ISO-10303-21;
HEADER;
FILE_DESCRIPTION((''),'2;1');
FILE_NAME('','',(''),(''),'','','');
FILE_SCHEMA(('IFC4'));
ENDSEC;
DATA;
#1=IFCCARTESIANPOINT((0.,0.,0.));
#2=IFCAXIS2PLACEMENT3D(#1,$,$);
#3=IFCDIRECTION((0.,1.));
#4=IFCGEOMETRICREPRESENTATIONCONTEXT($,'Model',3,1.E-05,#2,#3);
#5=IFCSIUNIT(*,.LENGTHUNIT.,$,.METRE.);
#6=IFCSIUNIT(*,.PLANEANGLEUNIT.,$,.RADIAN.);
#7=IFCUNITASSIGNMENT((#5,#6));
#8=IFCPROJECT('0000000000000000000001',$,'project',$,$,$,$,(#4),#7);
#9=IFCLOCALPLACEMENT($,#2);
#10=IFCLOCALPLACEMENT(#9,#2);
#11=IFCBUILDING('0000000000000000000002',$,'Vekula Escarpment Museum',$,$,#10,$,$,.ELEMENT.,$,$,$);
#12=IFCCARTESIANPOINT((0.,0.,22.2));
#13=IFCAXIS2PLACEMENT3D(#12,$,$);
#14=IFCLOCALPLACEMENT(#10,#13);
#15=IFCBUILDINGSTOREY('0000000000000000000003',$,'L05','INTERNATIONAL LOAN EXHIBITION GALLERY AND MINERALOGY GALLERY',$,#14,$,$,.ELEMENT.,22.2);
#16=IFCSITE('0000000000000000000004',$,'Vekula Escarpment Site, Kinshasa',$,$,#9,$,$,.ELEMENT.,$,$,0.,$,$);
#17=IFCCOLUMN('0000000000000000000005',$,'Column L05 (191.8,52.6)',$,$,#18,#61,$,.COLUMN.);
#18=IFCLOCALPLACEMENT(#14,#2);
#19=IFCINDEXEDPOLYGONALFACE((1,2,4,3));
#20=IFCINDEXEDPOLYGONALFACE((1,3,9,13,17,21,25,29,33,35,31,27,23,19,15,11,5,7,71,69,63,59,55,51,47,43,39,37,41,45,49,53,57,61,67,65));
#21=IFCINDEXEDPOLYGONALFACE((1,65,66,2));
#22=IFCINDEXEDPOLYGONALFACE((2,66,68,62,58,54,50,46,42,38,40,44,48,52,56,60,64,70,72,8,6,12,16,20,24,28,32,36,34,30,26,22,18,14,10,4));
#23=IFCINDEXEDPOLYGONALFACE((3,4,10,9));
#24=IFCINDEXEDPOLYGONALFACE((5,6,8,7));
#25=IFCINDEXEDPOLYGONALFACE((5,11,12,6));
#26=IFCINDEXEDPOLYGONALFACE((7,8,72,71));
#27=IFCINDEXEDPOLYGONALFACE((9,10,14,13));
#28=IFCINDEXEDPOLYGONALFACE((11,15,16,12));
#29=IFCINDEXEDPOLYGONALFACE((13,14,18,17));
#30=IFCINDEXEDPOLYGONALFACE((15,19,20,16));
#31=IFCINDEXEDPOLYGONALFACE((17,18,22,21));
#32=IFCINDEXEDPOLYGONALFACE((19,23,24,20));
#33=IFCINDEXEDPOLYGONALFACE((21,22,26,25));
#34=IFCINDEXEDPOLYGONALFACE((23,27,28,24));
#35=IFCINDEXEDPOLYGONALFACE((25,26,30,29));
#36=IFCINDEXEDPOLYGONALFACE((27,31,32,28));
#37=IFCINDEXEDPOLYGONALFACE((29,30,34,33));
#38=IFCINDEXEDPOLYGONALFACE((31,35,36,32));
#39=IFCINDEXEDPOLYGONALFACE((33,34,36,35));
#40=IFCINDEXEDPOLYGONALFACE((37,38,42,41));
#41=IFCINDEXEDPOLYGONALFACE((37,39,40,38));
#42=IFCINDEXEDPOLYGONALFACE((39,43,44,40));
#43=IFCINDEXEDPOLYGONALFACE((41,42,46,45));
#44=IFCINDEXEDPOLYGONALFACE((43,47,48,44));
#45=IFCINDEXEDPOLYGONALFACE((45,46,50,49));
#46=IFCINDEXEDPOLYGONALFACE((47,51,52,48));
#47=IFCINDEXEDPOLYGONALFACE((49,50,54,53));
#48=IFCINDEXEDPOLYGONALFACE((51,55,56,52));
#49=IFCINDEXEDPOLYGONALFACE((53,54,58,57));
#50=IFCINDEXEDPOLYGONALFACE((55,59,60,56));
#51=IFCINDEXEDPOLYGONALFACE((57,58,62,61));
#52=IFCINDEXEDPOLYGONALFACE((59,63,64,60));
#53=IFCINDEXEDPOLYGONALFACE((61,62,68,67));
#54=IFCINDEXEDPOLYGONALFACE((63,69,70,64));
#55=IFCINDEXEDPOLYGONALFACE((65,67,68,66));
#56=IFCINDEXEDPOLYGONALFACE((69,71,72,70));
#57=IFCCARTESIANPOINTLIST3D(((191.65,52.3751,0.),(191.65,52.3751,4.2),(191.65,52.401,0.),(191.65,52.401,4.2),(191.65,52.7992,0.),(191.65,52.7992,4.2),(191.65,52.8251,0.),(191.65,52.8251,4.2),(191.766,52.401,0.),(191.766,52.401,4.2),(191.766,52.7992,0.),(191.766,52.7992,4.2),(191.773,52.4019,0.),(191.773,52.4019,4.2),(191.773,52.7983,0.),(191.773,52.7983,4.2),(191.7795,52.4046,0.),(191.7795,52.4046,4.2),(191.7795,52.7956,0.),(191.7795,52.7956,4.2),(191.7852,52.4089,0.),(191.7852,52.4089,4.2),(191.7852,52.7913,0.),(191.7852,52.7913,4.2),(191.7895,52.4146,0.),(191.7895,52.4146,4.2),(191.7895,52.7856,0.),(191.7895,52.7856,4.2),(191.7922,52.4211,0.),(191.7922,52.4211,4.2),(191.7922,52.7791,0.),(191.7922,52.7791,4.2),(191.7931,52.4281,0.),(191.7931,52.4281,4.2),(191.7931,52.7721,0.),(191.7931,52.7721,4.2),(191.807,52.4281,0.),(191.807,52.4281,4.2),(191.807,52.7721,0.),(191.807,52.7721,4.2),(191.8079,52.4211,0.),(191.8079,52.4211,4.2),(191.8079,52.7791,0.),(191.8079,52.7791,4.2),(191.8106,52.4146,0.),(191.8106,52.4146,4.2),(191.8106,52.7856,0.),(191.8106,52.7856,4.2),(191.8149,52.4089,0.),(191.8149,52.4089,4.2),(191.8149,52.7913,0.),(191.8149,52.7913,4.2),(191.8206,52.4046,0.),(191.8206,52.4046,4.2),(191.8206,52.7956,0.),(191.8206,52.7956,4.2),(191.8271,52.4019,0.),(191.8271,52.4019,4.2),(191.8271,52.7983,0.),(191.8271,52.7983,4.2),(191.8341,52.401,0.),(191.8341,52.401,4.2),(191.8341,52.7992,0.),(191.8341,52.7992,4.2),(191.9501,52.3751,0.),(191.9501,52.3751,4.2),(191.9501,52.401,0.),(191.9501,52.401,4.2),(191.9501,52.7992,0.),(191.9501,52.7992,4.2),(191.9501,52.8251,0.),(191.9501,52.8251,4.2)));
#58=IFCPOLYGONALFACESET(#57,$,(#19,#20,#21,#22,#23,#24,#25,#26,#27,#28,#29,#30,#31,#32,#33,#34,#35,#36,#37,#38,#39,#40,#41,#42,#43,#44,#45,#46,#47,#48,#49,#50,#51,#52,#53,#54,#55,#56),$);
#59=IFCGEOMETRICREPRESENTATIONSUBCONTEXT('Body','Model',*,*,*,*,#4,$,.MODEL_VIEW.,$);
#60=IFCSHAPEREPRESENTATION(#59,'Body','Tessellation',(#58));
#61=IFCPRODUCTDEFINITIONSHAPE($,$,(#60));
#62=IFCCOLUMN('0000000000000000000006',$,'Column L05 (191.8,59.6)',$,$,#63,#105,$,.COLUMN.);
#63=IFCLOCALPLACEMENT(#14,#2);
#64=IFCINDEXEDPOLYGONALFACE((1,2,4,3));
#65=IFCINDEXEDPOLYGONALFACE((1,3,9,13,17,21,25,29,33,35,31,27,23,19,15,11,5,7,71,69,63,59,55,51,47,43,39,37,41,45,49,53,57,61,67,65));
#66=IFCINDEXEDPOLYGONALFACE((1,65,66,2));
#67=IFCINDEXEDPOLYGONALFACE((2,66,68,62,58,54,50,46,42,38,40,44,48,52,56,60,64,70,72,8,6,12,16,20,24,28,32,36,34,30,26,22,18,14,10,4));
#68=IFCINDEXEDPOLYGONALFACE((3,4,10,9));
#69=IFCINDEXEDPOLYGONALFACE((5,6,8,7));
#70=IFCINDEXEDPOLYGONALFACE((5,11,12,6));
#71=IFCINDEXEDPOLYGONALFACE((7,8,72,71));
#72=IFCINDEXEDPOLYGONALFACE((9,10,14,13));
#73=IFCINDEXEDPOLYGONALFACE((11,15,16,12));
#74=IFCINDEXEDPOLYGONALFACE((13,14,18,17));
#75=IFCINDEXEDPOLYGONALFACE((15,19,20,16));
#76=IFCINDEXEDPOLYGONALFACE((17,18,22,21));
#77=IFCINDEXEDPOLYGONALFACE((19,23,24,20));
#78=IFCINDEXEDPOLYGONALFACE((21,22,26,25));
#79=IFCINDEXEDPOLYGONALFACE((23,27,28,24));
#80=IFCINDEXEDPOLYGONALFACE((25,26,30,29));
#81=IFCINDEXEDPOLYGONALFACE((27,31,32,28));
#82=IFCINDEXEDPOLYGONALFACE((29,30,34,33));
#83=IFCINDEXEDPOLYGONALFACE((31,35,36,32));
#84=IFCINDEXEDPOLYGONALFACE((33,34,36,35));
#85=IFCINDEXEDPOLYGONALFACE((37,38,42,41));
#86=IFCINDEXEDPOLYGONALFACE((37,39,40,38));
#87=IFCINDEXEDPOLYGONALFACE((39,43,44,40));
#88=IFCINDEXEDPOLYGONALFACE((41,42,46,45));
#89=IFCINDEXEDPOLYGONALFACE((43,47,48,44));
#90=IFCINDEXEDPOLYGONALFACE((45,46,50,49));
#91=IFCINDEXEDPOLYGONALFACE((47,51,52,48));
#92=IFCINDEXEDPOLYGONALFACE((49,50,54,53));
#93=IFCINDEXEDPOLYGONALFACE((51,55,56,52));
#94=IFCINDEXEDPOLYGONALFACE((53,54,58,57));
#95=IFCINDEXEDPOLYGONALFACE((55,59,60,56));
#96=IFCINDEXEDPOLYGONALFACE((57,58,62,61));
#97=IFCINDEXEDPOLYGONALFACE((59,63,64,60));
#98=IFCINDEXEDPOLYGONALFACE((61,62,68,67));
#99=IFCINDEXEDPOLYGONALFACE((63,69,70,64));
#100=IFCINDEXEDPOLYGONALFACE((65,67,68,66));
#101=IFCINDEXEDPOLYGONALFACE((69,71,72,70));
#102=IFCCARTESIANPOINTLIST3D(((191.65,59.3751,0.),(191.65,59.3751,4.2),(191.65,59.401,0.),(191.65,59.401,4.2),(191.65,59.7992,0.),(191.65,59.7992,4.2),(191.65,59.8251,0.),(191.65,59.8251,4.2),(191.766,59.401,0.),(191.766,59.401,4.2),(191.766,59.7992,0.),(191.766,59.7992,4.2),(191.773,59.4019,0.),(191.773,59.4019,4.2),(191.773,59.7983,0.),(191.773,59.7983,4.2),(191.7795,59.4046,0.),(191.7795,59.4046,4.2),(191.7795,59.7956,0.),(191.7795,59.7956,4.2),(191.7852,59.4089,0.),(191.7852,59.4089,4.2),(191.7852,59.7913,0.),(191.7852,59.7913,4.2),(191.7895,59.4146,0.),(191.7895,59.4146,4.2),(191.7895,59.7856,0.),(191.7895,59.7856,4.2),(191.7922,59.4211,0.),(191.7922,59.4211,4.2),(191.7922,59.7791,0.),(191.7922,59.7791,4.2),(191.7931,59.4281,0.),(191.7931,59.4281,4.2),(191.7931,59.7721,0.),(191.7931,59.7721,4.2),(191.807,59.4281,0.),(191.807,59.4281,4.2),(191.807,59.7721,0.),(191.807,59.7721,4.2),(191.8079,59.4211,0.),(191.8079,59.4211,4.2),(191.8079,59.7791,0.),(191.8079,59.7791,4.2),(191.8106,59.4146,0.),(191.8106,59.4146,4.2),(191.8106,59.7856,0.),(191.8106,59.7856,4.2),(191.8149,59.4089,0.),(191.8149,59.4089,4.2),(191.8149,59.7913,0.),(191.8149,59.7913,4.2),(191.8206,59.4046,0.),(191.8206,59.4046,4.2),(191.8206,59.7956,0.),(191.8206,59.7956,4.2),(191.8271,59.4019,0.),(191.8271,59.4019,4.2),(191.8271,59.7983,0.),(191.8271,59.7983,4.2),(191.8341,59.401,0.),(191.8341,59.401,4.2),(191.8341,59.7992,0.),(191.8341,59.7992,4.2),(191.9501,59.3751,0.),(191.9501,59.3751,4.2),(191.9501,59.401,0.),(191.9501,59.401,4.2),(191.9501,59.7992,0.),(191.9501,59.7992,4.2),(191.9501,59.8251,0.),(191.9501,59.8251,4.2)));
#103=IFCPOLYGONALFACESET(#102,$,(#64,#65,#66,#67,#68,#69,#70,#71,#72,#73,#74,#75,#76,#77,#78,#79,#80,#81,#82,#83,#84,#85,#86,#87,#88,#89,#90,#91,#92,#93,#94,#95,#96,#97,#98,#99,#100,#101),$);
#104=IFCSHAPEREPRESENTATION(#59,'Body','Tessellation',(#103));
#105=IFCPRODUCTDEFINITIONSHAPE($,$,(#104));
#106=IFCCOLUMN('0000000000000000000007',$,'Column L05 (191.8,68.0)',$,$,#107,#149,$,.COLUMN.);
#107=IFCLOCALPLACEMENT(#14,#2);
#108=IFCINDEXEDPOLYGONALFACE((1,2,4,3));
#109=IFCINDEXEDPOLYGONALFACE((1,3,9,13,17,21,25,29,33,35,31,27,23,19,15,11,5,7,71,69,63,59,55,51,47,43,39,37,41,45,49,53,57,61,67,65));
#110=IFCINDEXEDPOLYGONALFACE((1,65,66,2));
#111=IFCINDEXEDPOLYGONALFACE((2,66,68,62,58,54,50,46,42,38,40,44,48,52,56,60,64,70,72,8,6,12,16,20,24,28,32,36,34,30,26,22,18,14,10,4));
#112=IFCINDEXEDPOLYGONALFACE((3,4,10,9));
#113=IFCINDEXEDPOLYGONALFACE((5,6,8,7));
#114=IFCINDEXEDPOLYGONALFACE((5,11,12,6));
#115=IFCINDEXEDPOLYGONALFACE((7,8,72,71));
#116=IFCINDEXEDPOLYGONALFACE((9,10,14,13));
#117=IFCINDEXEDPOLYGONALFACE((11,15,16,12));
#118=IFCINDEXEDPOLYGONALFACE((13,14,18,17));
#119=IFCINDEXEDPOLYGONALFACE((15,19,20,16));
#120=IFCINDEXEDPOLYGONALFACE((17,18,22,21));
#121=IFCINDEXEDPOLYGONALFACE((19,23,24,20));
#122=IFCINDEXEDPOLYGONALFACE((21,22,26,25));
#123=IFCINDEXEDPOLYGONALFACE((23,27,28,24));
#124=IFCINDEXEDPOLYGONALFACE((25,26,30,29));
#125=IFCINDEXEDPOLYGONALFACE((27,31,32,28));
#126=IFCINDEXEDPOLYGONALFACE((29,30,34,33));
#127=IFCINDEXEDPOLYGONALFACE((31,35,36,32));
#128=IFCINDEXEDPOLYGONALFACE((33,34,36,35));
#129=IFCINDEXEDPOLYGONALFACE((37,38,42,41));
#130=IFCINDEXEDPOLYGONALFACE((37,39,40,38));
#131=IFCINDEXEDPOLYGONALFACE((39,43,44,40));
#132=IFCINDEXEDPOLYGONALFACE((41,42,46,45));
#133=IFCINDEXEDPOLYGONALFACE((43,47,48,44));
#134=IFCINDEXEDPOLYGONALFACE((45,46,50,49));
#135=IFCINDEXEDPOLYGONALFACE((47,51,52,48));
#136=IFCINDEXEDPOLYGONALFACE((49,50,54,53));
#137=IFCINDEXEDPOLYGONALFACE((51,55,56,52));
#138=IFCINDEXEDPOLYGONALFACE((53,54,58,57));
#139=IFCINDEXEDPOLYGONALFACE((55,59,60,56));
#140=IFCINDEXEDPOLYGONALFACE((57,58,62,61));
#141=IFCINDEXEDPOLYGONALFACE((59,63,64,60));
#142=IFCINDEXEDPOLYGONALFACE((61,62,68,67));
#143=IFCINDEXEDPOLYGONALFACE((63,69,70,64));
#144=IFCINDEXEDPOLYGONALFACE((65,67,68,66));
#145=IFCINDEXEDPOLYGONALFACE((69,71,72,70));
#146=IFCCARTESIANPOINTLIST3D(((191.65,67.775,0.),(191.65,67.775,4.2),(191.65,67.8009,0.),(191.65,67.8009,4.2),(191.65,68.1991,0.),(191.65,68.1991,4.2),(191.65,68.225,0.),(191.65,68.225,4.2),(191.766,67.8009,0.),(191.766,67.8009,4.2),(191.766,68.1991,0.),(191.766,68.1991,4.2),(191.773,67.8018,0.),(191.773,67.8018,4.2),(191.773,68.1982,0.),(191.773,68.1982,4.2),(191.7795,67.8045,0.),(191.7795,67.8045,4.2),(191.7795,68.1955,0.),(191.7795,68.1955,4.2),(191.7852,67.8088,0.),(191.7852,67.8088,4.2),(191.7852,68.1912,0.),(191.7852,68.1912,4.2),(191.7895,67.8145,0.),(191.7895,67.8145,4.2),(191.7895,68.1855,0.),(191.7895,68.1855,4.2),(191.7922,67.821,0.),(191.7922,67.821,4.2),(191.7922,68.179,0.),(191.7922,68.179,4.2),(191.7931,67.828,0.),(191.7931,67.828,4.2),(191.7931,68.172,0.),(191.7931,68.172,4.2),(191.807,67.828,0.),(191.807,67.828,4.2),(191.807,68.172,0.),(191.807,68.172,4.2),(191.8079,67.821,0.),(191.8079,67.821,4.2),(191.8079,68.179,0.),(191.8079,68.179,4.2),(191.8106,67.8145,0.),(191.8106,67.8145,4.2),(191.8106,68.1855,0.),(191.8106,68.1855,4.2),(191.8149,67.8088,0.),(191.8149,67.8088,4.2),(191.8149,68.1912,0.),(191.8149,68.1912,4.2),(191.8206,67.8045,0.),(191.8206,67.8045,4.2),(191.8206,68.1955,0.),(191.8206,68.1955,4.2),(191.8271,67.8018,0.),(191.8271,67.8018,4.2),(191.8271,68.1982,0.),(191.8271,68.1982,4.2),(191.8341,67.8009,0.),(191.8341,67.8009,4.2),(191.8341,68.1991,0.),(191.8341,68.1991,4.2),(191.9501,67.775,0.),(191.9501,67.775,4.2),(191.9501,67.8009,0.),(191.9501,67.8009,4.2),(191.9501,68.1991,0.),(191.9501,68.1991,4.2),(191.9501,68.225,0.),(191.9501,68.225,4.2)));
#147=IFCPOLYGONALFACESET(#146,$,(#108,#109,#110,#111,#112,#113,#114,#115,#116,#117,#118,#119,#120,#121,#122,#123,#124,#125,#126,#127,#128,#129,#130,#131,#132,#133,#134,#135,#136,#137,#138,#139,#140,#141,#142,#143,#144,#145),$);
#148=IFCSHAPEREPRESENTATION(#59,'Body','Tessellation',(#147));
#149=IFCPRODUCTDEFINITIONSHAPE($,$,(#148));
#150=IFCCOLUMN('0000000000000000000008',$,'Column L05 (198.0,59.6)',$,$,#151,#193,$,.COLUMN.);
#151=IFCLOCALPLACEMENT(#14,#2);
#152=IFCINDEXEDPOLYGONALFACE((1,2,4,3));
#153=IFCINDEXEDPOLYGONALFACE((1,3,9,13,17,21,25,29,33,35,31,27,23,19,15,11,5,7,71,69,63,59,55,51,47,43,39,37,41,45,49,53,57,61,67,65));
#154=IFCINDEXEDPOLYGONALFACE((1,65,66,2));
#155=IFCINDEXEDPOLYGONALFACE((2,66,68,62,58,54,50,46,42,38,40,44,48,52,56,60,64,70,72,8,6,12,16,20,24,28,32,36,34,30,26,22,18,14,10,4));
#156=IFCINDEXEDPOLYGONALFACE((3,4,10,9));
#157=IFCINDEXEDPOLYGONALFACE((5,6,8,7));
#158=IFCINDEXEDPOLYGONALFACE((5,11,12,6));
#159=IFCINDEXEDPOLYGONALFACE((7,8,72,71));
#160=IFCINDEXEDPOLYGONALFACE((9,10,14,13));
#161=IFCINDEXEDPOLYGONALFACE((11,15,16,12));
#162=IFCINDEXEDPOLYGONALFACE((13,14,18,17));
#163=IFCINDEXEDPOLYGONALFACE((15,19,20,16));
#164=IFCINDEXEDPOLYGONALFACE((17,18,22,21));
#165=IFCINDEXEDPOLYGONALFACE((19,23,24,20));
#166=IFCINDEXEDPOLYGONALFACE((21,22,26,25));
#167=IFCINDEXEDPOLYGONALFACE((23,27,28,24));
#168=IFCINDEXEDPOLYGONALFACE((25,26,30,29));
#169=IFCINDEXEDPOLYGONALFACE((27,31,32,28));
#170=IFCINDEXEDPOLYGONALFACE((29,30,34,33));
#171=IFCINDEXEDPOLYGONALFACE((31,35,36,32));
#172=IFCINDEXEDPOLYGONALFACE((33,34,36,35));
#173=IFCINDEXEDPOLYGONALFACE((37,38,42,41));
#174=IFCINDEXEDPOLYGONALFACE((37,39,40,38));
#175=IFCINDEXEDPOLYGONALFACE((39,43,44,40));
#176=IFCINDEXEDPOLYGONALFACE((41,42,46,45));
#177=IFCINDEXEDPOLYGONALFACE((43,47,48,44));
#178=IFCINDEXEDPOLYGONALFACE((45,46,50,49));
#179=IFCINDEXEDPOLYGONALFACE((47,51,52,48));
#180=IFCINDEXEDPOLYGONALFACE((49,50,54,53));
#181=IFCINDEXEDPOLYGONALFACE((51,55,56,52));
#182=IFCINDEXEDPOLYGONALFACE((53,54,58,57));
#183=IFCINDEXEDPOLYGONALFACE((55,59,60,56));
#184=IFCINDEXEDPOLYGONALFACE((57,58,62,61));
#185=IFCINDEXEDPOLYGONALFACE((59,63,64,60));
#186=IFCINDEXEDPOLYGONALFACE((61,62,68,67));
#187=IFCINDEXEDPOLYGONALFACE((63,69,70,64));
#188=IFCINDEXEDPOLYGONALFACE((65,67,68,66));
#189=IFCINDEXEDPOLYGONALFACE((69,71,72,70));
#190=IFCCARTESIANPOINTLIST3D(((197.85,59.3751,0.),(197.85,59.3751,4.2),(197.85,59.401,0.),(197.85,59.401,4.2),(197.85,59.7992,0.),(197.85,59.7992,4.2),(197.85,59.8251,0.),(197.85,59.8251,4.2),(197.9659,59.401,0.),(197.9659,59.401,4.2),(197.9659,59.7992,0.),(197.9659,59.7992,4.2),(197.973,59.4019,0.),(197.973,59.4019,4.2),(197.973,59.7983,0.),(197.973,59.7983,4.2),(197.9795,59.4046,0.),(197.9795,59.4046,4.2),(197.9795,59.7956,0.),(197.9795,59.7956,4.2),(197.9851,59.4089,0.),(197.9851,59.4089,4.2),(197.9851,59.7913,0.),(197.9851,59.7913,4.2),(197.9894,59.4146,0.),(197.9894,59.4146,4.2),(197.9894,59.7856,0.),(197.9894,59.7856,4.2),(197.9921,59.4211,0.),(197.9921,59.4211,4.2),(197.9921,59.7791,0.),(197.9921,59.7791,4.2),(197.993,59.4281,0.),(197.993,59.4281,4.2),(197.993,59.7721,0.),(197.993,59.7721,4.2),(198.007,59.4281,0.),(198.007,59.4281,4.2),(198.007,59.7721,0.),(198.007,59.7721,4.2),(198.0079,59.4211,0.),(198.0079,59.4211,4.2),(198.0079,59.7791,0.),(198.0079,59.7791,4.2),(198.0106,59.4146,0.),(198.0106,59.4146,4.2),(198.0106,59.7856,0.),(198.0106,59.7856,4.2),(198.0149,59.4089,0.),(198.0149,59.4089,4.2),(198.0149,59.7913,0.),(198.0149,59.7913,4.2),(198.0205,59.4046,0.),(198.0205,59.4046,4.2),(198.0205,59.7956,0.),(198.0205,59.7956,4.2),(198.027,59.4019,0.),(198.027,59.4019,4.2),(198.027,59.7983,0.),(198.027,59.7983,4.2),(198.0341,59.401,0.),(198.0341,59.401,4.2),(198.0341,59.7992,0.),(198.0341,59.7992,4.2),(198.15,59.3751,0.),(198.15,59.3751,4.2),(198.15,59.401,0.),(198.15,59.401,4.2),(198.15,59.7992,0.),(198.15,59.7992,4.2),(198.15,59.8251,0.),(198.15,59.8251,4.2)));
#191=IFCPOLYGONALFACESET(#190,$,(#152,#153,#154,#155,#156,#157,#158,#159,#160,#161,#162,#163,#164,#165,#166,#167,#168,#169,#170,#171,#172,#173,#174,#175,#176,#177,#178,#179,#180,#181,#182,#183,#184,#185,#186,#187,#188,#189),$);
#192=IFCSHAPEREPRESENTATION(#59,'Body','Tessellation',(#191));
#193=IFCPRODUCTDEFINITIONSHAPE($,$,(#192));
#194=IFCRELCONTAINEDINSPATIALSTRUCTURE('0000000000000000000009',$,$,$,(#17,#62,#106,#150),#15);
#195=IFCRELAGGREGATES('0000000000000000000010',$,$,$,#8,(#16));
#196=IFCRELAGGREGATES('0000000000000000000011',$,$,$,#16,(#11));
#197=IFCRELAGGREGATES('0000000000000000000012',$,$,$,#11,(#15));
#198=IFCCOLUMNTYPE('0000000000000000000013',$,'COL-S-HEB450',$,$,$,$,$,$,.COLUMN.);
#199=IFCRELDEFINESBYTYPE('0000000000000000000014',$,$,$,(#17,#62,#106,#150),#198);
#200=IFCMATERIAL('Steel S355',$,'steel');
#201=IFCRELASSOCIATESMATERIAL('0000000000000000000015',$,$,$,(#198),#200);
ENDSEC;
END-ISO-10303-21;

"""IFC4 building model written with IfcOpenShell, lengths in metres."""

from ifc_helpers import new_model, si_unit, direction, frame, origin, origin_2d, place, context, subcontext, project, spatial, i_section, extrude, material, material_profile, profile_set, type_object, element, save


model = new_model("IFC4")

# Units and contexts
model_context = context("Model", 3, precision=1e-05, world=origin(), true_north=direction((0.0, 1.0)))
body_context = subcontext(model_context, "Body", "Model", "MODEL_VIEW")
ifc_project = project(units=[si_unit("LENGTHUNIT", "METRE"), si_unit("PLANEANGLEUNIT", "RADIAN")], contexts=[model_context])

# Site, building, storey
site_placement = place(None, origin())
site = spatial("IfcSite", under=ifc_project, at=site_placement, Name="Vekula Escarpment Site, Kinshasa", CompositionType="ELEMENT", RefElevation=0.0)
building_placement = place(site_placement, origin())
building = spatial("IfcBuilding", under=site, at=building_placement, Name="Vekula Escarpment Museum", CompositionType="ELEMENT")
storey_placement = place(building_placement, frame((0.0, 0.0, 22.2)))
storey = spatial("IfcBuildingStorey", under=building, at=storey_placement, Name="L05", Description="INTERNATIONAL LOAN EXHIBITION GALLERY AND MINERALOGY GALLERY", CompositionType="ELEMENT", Elevation=22.2)

# Columns
ifc_material_1 = material(Name="Steel S355", Category="steel")
ifc_material_profile_1 = material_profile(ifc_material_1, i_section(OverallWidth=0.3, OverallDepth=0.45, WebThickness=0.0139, FlangeThickness=0.0259, FilletRadius=0.0271, at=origin_2d()), Name="HEB 450")
ifc_profile_set_1 = profile_set([ifc_material_profile_1], Name="Steel S355")
column_type = type_object("IfcColumnType", Name="COL-S-HEB450", PredefinedType="COLUMN", material=ifc_profile_set_1)
for number, where, z_axis, x_axis, name in (
    (1, (191.8, 52.6001, 0.0), (0.0, 0.0, 1.0), (1.0, 0.0, 0.0), "Column L05 (191.8,52.6)"),
    (2, (191.8, 59.6001, 0.0), (0.0, 0.0, 1.0), (1.0, 0.0, 0.0), "Column L05 (191.8,59.6)"),
    (3, (191.8, 68.0, 0.0), (0.0, 0.0, 1.0), (1.0, 0.0, 0.0), "Column L05 (191.8,68.0)"),
    (4, (198.0, 59.6001, 0.0), (0.0, 0.0, 1.0), (1.0, 0.0, 0.0), "Column L05 (198.0,59.6)"),
):
    element("IfcColumn", number, at=place(storey_placement, frame(where, z_axis=z_axis, x_axis=x_axis)), inside=storey, type_object=column_type, Name=name, PredefinedType="COLUMN", context=body_context, shape_type="SweptSolid", body=[
        extrude(i_section(OverallWidth=0.3, OverallDepth=0.45, WebThickness=0.0139, FlangeThickness=0.0259, FilletRadius=0.0271, at=origin_2d()), origin(), (0.0, 0.0, 1.0), 4.2),
    ])

save(model, "model.ifc")
